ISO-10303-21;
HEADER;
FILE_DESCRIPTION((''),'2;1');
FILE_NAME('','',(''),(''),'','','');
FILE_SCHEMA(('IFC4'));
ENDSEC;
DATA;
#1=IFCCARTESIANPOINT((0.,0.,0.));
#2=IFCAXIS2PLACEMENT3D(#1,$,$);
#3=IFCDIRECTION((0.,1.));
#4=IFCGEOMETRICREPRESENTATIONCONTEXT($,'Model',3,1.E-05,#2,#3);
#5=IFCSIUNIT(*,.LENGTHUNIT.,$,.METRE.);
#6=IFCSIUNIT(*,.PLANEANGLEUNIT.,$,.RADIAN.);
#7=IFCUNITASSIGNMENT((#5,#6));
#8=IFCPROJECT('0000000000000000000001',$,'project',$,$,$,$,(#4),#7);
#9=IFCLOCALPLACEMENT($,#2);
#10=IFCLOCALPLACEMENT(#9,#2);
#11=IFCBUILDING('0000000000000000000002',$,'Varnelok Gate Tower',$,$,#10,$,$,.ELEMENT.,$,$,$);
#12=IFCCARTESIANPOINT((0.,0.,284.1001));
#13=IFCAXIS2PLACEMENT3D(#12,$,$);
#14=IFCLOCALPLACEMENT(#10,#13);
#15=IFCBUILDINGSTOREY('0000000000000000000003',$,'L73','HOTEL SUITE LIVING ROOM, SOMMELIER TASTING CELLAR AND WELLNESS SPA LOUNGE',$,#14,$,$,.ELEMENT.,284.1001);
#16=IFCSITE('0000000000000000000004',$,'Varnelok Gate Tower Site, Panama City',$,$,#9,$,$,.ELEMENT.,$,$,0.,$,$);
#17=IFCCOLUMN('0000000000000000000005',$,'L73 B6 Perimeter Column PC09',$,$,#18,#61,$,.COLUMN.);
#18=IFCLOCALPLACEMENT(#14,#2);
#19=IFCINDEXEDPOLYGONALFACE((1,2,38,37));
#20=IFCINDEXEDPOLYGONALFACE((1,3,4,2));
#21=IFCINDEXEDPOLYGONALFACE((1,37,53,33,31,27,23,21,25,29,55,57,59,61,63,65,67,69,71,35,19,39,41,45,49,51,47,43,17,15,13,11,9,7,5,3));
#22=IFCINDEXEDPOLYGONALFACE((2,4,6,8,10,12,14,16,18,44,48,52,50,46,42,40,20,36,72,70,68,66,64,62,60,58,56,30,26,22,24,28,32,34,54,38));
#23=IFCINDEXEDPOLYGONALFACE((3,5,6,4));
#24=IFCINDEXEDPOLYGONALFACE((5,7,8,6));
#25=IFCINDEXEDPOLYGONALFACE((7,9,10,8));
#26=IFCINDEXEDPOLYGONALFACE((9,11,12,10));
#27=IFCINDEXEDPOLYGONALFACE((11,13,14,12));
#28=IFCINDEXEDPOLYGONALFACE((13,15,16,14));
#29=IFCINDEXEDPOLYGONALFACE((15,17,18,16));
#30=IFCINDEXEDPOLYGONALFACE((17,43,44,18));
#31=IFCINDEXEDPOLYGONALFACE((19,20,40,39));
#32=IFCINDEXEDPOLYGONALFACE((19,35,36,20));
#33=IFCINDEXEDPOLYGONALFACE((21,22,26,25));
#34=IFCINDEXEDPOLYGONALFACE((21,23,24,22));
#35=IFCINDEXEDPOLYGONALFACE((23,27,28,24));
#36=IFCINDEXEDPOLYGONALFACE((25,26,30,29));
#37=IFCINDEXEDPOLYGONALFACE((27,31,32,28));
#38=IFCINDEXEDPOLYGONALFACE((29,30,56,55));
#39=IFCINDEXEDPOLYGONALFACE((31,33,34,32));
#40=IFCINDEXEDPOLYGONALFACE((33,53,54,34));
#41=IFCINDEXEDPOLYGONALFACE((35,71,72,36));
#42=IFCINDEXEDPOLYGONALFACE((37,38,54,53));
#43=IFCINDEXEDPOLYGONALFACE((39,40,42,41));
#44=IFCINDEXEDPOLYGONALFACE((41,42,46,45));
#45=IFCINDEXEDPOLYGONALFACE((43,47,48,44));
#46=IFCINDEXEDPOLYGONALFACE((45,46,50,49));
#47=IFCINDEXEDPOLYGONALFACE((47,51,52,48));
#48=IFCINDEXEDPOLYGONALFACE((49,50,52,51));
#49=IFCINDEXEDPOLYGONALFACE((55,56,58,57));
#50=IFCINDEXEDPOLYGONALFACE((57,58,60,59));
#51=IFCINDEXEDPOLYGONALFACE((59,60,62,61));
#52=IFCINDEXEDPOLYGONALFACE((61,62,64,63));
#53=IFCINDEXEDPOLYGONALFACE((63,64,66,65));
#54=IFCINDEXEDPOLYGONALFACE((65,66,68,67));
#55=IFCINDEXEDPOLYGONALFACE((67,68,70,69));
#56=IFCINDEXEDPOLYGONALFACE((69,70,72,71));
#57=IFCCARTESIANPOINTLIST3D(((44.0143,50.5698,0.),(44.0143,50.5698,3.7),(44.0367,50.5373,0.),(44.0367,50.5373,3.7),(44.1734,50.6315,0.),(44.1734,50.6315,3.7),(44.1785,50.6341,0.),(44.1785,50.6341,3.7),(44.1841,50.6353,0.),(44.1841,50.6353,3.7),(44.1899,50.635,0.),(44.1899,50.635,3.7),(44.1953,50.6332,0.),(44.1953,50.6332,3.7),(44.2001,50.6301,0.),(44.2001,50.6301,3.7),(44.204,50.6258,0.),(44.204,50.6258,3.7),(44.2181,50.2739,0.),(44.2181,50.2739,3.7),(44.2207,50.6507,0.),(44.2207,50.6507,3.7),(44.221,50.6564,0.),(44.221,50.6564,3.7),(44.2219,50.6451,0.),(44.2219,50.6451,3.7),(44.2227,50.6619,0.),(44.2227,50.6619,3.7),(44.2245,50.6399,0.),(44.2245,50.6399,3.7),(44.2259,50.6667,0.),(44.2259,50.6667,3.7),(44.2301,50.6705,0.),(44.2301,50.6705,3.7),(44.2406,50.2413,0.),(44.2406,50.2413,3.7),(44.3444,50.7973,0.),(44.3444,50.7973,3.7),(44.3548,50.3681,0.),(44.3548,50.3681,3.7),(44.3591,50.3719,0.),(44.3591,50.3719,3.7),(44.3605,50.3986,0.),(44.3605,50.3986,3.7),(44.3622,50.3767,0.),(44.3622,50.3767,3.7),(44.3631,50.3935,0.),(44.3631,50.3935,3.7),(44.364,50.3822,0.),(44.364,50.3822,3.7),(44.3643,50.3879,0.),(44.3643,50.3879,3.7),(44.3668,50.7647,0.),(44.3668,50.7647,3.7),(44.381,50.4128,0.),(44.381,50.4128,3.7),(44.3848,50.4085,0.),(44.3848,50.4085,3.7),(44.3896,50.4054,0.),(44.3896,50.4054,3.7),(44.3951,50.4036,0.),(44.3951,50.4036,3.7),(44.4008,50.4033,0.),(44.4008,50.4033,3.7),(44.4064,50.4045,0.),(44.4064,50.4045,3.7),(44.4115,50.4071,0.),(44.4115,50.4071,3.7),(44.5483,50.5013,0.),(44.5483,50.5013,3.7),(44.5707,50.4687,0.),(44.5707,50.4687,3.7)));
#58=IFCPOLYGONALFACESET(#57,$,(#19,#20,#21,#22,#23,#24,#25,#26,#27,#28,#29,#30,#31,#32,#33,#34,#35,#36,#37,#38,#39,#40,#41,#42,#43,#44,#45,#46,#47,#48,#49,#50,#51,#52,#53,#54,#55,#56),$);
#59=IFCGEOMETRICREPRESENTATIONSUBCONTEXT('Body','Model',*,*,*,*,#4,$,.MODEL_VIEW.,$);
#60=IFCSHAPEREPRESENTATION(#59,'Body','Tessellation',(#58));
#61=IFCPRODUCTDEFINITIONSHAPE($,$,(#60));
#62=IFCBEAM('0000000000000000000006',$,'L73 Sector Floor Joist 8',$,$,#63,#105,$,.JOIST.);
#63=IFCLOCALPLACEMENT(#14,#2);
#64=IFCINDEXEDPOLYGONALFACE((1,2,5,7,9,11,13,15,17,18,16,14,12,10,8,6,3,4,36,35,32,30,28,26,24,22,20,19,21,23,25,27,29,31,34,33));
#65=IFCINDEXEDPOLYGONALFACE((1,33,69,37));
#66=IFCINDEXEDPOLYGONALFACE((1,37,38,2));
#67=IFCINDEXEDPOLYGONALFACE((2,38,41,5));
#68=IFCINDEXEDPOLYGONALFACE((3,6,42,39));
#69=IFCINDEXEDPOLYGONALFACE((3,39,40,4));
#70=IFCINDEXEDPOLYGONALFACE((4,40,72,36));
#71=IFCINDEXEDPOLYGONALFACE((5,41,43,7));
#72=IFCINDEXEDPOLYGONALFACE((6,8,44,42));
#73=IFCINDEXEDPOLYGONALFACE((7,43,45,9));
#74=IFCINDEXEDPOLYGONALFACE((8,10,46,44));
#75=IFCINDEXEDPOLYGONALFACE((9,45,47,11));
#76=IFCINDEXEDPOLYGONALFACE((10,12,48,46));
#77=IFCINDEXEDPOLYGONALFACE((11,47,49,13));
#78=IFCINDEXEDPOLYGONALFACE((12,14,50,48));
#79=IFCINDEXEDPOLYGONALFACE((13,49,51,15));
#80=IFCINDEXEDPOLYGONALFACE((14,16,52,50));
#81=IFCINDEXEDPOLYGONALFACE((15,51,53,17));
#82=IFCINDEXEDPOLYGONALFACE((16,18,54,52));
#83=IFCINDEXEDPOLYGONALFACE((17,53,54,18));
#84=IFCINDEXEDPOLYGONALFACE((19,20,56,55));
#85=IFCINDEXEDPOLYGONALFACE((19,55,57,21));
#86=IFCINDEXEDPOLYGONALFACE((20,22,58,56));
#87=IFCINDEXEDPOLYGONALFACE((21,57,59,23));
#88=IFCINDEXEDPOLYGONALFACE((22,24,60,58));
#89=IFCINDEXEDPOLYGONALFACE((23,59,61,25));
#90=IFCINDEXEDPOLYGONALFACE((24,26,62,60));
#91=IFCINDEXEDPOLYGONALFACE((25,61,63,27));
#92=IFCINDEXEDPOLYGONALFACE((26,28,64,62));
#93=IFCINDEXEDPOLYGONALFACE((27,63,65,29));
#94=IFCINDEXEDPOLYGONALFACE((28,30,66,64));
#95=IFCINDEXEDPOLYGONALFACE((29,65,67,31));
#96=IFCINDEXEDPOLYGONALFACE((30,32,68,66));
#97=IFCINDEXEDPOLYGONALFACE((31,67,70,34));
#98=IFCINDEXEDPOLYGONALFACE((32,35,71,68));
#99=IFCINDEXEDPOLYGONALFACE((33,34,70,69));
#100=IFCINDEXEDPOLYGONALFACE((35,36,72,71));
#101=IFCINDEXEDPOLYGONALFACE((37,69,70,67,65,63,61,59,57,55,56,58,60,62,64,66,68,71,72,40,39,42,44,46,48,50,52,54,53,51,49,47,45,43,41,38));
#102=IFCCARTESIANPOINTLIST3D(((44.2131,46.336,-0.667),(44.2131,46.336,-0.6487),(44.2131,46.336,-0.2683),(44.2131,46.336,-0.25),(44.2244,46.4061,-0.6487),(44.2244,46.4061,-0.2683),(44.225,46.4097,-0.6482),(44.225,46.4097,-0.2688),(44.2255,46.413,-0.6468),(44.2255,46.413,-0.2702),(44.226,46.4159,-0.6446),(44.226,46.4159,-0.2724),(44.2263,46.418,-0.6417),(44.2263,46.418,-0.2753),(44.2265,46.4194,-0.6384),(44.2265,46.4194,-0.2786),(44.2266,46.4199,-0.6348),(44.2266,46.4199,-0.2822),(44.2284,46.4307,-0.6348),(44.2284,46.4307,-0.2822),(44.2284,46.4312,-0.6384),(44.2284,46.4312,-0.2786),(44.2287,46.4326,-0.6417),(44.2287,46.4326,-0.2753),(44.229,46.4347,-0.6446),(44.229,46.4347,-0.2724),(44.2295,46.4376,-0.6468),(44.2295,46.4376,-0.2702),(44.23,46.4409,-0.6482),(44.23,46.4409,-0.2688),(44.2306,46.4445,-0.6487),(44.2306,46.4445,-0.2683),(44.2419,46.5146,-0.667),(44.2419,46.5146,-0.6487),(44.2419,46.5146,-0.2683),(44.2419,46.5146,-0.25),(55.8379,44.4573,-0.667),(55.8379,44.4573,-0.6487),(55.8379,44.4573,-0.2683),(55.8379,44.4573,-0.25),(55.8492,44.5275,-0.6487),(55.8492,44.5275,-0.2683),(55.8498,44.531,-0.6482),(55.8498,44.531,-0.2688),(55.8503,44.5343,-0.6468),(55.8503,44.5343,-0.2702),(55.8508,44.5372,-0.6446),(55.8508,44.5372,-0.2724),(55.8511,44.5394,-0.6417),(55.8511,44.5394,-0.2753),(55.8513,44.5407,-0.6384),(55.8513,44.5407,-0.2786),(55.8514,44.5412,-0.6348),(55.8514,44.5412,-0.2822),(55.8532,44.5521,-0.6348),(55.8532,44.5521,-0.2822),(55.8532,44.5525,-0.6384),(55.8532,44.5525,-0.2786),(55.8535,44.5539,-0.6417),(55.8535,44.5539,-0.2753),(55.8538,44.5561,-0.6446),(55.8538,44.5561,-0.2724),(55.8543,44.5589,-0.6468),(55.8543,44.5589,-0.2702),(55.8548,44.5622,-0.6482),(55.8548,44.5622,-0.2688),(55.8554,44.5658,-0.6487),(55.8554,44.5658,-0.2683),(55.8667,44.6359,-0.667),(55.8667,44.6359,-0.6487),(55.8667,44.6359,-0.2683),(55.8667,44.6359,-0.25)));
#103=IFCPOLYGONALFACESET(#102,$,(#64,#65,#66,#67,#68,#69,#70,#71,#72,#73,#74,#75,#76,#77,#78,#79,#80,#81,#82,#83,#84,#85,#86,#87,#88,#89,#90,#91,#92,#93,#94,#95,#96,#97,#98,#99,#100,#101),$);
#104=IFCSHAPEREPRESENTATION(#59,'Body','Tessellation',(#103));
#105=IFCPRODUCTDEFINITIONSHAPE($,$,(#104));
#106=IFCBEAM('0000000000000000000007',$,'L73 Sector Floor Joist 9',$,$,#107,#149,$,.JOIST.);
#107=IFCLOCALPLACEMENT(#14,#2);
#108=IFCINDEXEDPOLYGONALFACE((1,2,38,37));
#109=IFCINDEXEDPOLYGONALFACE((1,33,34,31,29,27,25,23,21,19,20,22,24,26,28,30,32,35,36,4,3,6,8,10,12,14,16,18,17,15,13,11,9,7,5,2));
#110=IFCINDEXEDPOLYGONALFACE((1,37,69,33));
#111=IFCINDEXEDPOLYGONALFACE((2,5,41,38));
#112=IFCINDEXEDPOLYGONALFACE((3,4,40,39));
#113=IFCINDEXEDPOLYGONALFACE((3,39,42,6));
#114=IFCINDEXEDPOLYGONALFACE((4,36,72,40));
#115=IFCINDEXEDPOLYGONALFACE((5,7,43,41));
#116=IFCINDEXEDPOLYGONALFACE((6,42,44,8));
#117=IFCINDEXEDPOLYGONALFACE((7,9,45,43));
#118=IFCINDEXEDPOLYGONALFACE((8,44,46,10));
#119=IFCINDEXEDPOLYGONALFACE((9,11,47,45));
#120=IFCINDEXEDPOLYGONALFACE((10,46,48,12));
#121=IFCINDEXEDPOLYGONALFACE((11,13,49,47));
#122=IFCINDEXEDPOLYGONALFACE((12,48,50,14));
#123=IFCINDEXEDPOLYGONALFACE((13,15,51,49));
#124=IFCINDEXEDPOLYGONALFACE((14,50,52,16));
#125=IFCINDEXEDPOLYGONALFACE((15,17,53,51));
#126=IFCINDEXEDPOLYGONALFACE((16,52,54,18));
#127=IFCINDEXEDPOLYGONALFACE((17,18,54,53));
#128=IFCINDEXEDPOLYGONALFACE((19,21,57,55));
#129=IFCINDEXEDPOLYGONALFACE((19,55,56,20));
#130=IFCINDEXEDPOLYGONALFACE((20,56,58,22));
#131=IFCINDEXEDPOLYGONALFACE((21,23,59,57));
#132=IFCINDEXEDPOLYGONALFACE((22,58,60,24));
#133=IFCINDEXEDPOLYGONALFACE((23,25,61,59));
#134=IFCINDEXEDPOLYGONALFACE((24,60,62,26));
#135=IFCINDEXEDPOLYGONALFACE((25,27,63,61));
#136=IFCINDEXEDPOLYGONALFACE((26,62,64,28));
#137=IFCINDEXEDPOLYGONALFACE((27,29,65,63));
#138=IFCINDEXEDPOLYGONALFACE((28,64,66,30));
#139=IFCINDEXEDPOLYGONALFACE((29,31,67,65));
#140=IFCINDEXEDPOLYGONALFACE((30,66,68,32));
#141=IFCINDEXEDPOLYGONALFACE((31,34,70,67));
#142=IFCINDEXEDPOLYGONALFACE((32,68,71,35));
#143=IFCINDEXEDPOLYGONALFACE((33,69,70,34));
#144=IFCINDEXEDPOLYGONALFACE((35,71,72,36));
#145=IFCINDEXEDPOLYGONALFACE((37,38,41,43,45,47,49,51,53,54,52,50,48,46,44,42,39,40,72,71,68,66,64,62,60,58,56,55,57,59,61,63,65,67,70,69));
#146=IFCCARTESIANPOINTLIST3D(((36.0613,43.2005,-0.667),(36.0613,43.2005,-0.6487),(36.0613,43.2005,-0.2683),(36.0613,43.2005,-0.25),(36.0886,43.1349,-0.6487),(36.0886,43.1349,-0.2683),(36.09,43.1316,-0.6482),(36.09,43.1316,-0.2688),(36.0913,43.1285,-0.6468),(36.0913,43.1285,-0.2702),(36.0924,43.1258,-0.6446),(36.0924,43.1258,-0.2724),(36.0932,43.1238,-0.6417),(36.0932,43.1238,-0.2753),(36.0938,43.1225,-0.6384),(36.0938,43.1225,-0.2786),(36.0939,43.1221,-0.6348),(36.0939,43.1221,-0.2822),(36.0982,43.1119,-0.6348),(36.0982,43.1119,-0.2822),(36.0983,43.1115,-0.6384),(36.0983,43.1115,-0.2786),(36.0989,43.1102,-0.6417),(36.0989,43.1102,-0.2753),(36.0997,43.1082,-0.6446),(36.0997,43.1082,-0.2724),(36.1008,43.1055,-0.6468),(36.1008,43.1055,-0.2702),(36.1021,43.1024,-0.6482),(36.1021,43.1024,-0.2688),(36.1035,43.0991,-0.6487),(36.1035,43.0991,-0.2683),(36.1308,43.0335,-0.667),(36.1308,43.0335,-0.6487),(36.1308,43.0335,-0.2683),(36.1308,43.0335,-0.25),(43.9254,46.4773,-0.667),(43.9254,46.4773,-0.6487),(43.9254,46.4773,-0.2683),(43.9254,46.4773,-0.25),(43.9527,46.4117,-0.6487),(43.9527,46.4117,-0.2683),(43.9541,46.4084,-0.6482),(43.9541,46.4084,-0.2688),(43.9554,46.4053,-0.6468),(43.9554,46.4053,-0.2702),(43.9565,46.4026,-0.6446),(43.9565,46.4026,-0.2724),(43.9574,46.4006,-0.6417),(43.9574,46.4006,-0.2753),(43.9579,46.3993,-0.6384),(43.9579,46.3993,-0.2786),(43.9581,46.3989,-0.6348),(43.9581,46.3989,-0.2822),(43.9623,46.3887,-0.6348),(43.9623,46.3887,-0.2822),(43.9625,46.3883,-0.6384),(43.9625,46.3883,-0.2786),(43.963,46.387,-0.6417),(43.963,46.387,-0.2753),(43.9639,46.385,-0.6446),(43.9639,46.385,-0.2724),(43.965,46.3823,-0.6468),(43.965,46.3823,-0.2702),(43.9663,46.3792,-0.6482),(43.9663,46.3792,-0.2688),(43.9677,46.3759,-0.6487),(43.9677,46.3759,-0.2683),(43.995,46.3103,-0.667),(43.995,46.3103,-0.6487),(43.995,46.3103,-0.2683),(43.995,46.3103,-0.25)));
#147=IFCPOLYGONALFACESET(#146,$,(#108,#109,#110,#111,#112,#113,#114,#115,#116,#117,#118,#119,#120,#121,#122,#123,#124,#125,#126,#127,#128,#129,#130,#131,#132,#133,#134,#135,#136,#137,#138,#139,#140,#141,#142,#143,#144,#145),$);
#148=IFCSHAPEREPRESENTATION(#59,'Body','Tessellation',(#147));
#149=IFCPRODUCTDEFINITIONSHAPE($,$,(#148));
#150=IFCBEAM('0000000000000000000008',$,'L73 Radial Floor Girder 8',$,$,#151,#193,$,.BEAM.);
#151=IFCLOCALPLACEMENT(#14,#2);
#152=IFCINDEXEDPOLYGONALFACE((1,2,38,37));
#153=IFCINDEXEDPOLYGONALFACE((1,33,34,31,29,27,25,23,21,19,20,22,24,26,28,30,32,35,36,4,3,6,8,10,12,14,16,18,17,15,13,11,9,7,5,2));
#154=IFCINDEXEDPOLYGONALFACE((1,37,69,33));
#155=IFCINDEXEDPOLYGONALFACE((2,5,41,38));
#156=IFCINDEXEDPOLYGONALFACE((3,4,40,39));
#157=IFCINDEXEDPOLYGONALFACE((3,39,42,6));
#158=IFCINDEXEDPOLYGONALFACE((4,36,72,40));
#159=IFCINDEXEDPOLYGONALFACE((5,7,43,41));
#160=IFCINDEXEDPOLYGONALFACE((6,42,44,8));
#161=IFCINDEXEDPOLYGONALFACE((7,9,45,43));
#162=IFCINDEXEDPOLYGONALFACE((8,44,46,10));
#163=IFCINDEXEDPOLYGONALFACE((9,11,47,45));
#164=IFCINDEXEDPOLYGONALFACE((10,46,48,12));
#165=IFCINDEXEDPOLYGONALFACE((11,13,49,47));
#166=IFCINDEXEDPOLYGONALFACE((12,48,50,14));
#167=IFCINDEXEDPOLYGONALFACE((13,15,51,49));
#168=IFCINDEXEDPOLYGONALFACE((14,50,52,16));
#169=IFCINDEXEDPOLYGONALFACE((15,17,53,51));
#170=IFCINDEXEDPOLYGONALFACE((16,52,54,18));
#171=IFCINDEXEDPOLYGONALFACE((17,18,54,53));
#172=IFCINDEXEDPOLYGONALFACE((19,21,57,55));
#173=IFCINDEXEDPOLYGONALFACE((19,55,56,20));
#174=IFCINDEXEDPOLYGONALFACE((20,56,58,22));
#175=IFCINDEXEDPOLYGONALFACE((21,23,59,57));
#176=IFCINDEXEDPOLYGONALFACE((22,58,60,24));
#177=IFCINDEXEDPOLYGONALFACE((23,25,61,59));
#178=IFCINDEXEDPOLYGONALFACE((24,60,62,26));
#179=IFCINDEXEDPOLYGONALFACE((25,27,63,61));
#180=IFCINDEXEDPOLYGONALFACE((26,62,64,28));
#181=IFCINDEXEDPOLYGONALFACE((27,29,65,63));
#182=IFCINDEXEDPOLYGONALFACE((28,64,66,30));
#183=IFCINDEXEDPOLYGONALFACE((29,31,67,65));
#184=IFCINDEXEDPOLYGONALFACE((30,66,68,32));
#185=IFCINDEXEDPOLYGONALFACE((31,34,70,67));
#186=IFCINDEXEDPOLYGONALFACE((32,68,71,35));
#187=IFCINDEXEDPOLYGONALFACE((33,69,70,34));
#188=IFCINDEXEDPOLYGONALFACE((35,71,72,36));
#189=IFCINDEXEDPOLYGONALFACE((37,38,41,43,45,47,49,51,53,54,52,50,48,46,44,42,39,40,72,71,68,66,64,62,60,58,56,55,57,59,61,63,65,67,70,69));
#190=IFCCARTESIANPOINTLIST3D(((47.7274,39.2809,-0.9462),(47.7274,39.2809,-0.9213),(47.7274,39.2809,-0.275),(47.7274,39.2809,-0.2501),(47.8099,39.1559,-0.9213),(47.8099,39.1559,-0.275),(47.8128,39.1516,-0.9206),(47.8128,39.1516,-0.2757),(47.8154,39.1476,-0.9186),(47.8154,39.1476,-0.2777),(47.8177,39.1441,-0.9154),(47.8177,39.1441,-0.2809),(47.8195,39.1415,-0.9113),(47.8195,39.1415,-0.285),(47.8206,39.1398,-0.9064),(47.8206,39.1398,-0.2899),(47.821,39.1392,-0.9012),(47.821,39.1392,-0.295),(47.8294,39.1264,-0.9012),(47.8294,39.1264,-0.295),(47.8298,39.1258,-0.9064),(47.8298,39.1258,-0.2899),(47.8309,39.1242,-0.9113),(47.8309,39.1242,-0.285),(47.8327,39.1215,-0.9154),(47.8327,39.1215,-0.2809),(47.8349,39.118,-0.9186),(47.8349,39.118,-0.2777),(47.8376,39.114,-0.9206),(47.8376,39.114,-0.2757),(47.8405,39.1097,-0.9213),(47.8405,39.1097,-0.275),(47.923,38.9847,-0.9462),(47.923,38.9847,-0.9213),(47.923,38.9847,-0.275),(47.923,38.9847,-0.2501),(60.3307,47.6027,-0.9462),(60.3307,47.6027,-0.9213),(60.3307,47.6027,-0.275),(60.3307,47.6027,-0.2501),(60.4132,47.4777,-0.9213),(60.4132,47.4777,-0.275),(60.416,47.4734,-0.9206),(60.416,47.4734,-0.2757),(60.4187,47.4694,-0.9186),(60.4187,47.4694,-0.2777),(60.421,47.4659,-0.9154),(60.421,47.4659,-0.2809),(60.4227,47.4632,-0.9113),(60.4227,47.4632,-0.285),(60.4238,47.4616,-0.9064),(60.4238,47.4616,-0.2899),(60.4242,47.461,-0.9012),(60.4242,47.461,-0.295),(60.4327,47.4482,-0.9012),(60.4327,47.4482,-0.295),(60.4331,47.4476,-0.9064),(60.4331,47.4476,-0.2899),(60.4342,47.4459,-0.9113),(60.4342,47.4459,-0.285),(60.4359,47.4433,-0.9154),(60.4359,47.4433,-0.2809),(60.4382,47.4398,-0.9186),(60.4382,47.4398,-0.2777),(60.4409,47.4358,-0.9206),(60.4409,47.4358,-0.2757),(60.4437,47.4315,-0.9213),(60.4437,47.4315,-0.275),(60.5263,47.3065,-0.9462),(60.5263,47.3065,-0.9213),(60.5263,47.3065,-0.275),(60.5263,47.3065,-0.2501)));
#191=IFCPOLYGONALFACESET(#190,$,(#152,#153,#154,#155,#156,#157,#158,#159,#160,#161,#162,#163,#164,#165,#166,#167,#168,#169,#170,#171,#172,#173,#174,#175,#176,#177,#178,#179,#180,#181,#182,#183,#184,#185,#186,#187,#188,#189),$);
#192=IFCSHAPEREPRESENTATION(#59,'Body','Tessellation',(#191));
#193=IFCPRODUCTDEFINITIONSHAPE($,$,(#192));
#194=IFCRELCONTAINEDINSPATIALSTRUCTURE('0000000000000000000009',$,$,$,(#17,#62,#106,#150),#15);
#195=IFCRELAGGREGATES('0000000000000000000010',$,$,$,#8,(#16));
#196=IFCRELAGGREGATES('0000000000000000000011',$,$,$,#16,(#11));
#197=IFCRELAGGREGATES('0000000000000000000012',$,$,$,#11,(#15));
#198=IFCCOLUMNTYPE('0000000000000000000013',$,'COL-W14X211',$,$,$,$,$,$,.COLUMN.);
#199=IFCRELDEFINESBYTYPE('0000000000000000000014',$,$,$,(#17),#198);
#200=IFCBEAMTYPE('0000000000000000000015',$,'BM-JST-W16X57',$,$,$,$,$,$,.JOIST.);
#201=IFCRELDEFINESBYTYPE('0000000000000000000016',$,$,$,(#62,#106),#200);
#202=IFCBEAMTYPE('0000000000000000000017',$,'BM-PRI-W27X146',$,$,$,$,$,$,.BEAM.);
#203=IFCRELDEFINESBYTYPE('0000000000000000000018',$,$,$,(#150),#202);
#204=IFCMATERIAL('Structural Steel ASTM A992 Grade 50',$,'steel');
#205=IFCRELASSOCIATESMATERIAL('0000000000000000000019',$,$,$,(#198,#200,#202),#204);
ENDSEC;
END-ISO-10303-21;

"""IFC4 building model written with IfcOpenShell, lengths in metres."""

from ifc_helpers import new_model, si_unit, direction, frame, origin, origin_2d, place, context, subcontext, project, spatial, i_section, extrude, material, material_profile, profile_set, type_object, element, save


model = new_model("IFC4")

# Units and contexts
model_context = context("Model", 3, precision=1e-05, world=origin(), true_north=direction((0.0, 1.0)))
body_context = subcontext(model_context, "Body", "Model", "MODEL_VIEW")
ifc_project = project(units=[si_unit("LENGTHUNIT", "METRE"), si_unit("PLANEANGLEUNIT", "RADIAN")], contexts=[model_context])

# Site, building, storey
site_placement = place(None, origin())
site = spatial("IfcSite", under=ifc_project, at=site_placement, Name="Varnelok Gate Tower Site, Panama City", CompositionType="ELEMENT", RefElevation=0.0)
building_placement = place(site_placement, origin())
building = spatial("IfcBuilding", under=site, at=building_placement, Name="Varnelok Gate Tower", CompositionType="ELEMENT")
storey_placement = place(building_placement, frame((0.0, 0.0, 284.1001)))
storey = spatial("IfcBuildingStorey", under=building, at=storey_placement, Name="L73", Description="HOTEL SUITE LIVING ROOM, SOMMELIER TASTING CELLAR AND WELLNESS SPA LOUNGE", CompositionType="ELEMENT", Elevation=284.1001)

# Column
ifc_material_1 = material(Name="Structural Steel ASTM A992 Grade 50", Category="steel")
ifc_material_profile_1 = material_profile(ifc_material_1, i_section(OverallWidth=0.4009, OverallDepth=0.3989, WebThickness=0.0249, FlangeThickness=0.0396, FilletRadius=0.022, at=origin_2d()), Name="W14X211")
ifc_profile_set_1 = profile_set([ifc_material_profile_1], Name="Structural Steel ASTM A992 Grade 50")
column_type = type_object("IfcColumnType", Name="COL-W14X211", PredefinedType="COLUMN", material=ifc_profile_set_1)
column_placement = place(storey_placement, frame((44.2925, 50.5193, 0.0), z_axis=(0.0, 0.0, 1.0), x_axis=(0.823533, 0.567269, 0.0)))
element("IfcColumn", 1, at=column_placement, inside=storey, type_object=column_type, Name="L73 B6 Perimeter Column PC09", PredefinedType="COLUMN", context=body_context, shape_type="SweptSolid", body=[
    extrude(i_section(OverallWidth=0.4009, OverallDepth=0.3989, WebThickness=0.0249, FlangeThickness=0.0396, FilletRadius=0.022, at=origin_2d()), origin(), (0.0, 0.0, 1.0), 3.7),
])

# Beams
ifc_material_profile_2 = material_profile(ifc_material_1, i_section(OverallWidth=0.1809, OverallDepth=0.417, WebThickness=0.011, FlangeThickness=0.0183, FilletRadius=0.0139, at=origin_2d()), Name="W16X57")
ifc_profile_set_2 = profile_set([ifc_material_profile_2], Name="Structural Steel ASTM A992 Grade 50")
beam_type_1 = type_object("IfcBeamType", Name="BM-JST-W16X57", PredefinedType="JOIST", material=ifc_profile_set_2)
beam_1_placement = place(storey_placement, frame((55.8523, 44.5466, -0.4585), z_axis=(-0.987192, 0.159539, 0.0), x_axis=(-0.159539, -0.987192, 0.0)))
element("IfcBeam", 2, at=beam_1_placement, inside=storey, type_object=beam_type_1, Name="L73 Sector Floor Joist 8", PredefinedType="JOIST", context=body_context, shape_type="SweptSolid", body=[
    extrude(i_section(OverallWidth=0.1809, OverallDepth=0.417, WebThickness=0.011, FlangeThickness=0.0183, FilletRadius=0.0139, at=origin_2d()), origin(), (0.0, 0.0, 1.0), 11.7756),
])
beam_2_placement = place(storey_placement, frame((43.9602, 46.3938, -0.4585), z_axis=(-0.923074, -0.384624, 0.0), x_axis=(0.384624, -0.923074, 0.0)))
element("IfcBeam", 3, at=beam_2_placement, inside=storey, type_object=beam_type_1, Name="L73 Sector Floor Joist 9", PredefinedType="JOIST", context=body_context, shape_type="SweptSolid", body=[
    extrude(i_section(OverallWidth=0.1809, OverallDepth=0.417, WebThickness=0.011, FlangeThickness=0.0183, FilletRadius=0.0139, at=origin_2d()), origin(), (0.0, 0.0, 1.0), 8.5195),
])
ifc_material_profile_3 = material_profile(ifc_material_1, i_section(OverallWidth=0.355, OverallDepth=0.696, WebThickness=0.0154, FlangeThickness=0.0249, FilletRadius=0.02, at=origin_2d()), Name="W27X146")
ifc_profile_set_3 = profile_set([ifc_material_profile_3], Name="Structural Steel ASTM A992 Grade 50")
beam_type_2 = type_object("IfcBeamType", Name="BM-PRI-W27X146", PredefinedType="BEAM", material=ifc_profile_set_3)
beam_3_placement = place(storey_placement, frame((47.8252, 39.1328, -0.5981), z_axis=(0.834499, 0.551009, 0.0), x_axis=(-0.551009, 0.834499, 0.0)))
element("IfcBeam", 4, at=beam_3_placement, inside=storey, type_object=beam_type_2, Name="L73 Radial Floor Girder 8", PredefinedType="BEAM", context=body_context, shape_type="SweptSolid", body=[
    extrude(i_section(OverallWidth=0.355, OverallDepth=0.696, WebThickness=0.0154, FlangeThickness=0.0249, FilletRadius=0.02, at=origin_2d()), origin(), (0.0, 0.0, 1.0), 15.1028),
])

save(model, "model.ifc")
